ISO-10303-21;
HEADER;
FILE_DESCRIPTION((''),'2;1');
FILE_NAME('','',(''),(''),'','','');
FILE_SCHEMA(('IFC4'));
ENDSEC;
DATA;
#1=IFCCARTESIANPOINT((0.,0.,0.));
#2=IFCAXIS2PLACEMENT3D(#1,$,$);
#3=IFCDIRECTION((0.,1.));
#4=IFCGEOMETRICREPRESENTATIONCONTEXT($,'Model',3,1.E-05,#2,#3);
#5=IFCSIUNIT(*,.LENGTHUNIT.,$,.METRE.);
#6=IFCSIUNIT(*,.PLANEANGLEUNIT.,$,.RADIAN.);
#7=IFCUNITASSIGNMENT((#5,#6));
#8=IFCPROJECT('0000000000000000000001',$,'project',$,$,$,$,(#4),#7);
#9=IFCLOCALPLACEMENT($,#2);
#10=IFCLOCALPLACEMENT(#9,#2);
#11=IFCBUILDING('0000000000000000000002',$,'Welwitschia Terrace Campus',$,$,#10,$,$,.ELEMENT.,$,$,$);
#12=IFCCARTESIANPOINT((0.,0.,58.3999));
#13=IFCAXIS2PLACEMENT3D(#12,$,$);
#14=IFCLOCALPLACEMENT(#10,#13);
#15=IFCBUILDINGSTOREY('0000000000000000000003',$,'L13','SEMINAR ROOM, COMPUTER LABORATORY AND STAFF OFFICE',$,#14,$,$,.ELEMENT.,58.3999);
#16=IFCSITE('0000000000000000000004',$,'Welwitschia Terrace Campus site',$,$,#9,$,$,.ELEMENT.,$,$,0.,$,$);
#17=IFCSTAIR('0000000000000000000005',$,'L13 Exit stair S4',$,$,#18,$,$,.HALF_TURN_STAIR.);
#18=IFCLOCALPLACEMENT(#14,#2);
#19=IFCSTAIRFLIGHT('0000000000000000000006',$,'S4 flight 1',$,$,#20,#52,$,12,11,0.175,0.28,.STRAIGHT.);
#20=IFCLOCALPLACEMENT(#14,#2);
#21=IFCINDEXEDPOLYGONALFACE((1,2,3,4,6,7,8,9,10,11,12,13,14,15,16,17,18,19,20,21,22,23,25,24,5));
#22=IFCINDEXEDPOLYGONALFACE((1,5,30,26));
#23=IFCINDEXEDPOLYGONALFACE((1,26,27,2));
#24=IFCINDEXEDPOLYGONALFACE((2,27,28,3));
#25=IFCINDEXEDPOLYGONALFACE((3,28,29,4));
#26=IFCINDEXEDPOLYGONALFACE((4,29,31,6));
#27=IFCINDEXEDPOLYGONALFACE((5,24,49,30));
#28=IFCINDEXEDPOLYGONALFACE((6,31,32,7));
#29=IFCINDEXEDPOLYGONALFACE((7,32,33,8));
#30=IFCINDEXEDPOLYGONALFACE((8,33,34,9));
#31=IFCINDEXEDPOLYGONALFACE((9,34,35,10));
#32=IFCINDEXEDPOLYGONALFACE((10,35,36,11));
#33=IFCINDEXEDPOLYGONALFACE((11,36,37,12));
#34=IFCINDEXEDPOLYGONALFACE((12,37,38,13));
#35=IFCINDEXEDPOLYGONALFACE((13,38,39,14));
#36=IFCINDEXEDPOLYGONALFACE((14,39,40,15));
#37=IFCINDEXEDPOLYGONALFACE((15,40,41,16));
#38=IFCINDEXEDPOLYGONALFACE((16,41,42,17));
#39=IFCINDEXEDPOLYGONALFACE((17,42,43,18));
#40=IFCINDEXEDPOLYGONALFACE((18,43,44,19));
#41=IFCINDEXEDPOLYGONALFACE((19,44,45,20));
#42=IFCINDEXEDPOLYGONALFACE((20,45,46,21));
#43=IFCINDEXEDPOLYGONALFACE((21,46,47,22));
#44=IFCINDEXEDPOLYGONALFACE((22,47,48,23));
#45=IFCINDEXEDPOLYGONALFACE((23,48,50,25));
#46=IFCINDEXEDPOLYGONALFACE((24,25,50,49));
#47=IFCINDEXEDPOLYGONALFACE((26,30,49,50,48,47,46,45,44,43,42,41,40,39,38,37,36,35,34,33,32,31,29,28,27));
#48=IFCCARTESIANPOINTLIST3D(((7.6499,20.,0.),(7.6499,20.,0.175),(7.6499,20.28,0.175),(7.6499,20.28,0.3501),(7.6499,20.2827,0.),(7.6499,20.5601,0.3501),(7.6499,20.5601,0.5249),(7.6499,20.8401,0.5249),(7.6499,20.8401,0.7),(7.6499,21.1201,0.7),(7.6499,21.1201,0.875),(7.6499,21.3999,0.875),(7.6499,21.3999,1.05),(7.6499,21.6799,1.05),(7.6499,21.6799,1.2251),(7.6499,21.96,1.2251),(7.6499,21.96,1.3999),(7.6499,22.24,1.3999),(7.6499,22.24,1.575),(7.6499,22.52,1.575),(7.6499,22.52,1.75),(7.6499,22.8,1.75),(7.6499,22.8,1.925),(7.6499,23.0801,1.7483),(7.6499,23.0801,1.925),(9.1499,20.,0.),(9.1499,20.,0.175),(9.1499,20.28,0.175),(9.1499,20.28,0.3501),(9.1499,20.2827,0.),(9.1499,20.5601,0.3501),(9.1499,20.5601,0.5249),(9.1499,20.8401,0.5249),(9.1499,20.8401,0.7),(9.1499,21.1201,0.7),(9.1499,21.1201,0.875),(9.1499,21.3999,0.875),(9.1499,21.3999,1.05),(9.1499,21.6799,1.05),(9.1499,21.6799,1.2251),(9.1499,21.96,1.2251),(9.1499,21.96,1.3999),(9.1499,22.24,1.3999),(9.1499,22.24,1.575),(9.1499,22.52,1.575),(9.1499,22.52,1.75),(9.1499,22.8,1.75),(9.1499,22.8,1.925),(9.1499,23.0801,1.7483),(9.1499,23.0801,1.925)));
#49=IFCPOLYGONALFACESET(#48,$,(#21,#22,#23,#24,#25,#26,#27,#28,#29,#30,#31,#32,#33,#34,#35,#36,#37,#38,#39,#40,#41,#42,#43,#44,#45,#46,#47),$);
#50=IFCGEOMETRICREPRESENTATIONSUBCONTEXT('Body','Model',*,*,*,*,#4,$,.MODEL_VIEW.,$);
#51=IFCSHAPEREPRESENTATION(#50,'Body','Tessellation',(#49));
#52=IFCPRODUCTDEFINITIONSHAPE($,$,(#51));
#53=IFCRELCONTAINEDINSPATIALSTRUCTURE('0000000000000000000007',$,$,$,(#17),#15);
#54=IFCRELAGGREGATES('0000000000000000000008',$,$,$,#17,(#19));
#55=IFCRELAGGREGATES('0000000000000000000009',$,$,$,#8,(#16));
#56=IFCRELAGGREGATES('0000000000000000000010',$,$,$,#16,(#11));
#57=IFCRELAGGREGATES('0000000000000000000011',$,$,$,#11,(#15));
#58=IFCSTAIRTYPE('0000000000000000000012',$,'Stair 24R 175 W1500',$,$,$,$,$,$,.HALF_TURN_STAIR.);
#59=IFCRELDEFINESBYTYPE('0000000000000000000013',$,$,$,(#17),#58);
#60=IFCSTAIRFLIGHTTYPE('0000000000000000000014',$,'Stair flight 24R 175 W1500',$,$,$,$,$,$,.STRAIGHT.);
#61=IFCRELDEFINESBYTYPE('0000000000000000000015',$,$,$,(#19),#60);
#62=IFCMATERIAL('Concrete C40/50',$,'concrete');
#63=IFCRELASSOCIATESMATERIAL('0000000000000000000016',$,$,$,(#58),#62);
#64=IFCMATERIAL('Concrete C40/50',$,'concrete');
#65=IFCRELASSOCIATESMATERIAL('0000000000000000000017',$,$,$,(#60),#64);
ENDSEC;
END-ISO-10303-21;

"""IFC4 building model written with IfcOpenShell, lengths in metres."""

from ifc_helpers import new_model, si_unit, direction, frame, origin, place, context, subcontext, project, spatial, polyline, outline, extrude, material, type_object, element, aggregate, save


model = new_model("IFC4")

# Units and contexts
model_context = context("Model", 3, precision=1e-05, world=origin(), true_north=direction((0.0, 1.0)))
body_context = subcontext(model_context, "Body", "Model", "MODEL_VIEW")
ifc_project = project(units=[si_unit("LENGTHUNIT", "METRE"), si_unit("PLANEANGLEUNIT", "RADIAN")], contexts=[model_context])

# Site, building, storey
site_placement = place(None, origin())
site = spatial("IfcSite", under=ifc_project, at=site_placement, Name="Welwitschia Terrace Campus site", CompositionType="ELEMENT", RefElevation=0.0)
building_placement = place(site_placement, origin())
building = spatial("IfcBuilding", under=site, at=building_placement, Name="Welwitschia Terrace Campus", CompositionType="ELEMENT")
storey_placement = place(building_placement, frame((0.0, 0.0, 58.3999)))
storey = spatial("IfcBuildingStorey", under=building, at=storey_placement, Name="L13", Description="SEMINAR ROOM, COMPUTER LABORATORY AND STAFF OFFICE", CompositionType="ELEMENT", Elevation=58.3999)

# Stair, stair flight
ifc_material_1 = material(Name="Concrete C40/50", Category="concrete")
stair_type = type_object("IfcStairType", Name="Stair 24R 175 W1500", PredefinedType="HALF_TURN_STAIR", material=ifc_material_1)
stair_placement = place(storey_placement, origin())
stair = element("IfcStair", 1, at=stair_placement, inside=storey, type_object=stair_type, Name="L13 Exit stair S4", PredefinedType="HALF_TURN_STAIR")
ifc_material_2 = material(Name="Concrete C40/50", Category="concrete")
stair_flight_type = type_object("IfcStairFlightType", Name="Stair flight 24R 175 W1500", PredefinedType="STRAIGHT", material=ifc_material_2)
stair_flight_placement = place(storey_placement, frame((8.3999, 20.0, 0.0), z_axis=(0.0, 0.0, 1.0), x_axis=(0.0, 1.0, 0.0)))
stair_flight = element("IfcStairFlight", 2, at=stair_flight_placement, type_object=stair_flight_type, Name="S4 flight 1", NumberOfRisers=12, NumberOfTreads=11, PredefinedType="STRAIGHT", RiserHeight=0.175, TreadLength=0.28, context=body_context, shape_type="SweptSolid", body=[
    extrude(outline(polyline([(0.0, 0.0), (0.0, 0.175), (0.28, 0.175), (0.28, 0.3501), (0.5601, 0.3501), (0.5601, 0.5249), (0.8401, 0.5249), (0.8401, 0.7), (1.1201, 0.7), (1.1201, 0.875), (1.3999, 0.875), (1.3999, 1.05), (1.6799, 1.05), (1.6799, 1.2251), (1.96, 1.2251), (1.96, 1.3999), (2.24, 1.3999), (2.24, 1.575), (2.52, 1.575), (2.52, 1.75), (2.8, 1.75), (2.8, 1.925), (3.0801, 1.925), (3.0801, 2.1001), (3.0801, 1.7483), (0.2827, 0.0), (0.0, 0.0)])), frame((0.0, 0.75, 0.0), z_axis=(0.0, -1.0, 0.0), x_axis=(1.0, 0.0, 0.0)), (0.0, 0.0, 1.0), 1.5),
])
aggregate(stair, [stair_flight])

save(model, "model.ifc")
